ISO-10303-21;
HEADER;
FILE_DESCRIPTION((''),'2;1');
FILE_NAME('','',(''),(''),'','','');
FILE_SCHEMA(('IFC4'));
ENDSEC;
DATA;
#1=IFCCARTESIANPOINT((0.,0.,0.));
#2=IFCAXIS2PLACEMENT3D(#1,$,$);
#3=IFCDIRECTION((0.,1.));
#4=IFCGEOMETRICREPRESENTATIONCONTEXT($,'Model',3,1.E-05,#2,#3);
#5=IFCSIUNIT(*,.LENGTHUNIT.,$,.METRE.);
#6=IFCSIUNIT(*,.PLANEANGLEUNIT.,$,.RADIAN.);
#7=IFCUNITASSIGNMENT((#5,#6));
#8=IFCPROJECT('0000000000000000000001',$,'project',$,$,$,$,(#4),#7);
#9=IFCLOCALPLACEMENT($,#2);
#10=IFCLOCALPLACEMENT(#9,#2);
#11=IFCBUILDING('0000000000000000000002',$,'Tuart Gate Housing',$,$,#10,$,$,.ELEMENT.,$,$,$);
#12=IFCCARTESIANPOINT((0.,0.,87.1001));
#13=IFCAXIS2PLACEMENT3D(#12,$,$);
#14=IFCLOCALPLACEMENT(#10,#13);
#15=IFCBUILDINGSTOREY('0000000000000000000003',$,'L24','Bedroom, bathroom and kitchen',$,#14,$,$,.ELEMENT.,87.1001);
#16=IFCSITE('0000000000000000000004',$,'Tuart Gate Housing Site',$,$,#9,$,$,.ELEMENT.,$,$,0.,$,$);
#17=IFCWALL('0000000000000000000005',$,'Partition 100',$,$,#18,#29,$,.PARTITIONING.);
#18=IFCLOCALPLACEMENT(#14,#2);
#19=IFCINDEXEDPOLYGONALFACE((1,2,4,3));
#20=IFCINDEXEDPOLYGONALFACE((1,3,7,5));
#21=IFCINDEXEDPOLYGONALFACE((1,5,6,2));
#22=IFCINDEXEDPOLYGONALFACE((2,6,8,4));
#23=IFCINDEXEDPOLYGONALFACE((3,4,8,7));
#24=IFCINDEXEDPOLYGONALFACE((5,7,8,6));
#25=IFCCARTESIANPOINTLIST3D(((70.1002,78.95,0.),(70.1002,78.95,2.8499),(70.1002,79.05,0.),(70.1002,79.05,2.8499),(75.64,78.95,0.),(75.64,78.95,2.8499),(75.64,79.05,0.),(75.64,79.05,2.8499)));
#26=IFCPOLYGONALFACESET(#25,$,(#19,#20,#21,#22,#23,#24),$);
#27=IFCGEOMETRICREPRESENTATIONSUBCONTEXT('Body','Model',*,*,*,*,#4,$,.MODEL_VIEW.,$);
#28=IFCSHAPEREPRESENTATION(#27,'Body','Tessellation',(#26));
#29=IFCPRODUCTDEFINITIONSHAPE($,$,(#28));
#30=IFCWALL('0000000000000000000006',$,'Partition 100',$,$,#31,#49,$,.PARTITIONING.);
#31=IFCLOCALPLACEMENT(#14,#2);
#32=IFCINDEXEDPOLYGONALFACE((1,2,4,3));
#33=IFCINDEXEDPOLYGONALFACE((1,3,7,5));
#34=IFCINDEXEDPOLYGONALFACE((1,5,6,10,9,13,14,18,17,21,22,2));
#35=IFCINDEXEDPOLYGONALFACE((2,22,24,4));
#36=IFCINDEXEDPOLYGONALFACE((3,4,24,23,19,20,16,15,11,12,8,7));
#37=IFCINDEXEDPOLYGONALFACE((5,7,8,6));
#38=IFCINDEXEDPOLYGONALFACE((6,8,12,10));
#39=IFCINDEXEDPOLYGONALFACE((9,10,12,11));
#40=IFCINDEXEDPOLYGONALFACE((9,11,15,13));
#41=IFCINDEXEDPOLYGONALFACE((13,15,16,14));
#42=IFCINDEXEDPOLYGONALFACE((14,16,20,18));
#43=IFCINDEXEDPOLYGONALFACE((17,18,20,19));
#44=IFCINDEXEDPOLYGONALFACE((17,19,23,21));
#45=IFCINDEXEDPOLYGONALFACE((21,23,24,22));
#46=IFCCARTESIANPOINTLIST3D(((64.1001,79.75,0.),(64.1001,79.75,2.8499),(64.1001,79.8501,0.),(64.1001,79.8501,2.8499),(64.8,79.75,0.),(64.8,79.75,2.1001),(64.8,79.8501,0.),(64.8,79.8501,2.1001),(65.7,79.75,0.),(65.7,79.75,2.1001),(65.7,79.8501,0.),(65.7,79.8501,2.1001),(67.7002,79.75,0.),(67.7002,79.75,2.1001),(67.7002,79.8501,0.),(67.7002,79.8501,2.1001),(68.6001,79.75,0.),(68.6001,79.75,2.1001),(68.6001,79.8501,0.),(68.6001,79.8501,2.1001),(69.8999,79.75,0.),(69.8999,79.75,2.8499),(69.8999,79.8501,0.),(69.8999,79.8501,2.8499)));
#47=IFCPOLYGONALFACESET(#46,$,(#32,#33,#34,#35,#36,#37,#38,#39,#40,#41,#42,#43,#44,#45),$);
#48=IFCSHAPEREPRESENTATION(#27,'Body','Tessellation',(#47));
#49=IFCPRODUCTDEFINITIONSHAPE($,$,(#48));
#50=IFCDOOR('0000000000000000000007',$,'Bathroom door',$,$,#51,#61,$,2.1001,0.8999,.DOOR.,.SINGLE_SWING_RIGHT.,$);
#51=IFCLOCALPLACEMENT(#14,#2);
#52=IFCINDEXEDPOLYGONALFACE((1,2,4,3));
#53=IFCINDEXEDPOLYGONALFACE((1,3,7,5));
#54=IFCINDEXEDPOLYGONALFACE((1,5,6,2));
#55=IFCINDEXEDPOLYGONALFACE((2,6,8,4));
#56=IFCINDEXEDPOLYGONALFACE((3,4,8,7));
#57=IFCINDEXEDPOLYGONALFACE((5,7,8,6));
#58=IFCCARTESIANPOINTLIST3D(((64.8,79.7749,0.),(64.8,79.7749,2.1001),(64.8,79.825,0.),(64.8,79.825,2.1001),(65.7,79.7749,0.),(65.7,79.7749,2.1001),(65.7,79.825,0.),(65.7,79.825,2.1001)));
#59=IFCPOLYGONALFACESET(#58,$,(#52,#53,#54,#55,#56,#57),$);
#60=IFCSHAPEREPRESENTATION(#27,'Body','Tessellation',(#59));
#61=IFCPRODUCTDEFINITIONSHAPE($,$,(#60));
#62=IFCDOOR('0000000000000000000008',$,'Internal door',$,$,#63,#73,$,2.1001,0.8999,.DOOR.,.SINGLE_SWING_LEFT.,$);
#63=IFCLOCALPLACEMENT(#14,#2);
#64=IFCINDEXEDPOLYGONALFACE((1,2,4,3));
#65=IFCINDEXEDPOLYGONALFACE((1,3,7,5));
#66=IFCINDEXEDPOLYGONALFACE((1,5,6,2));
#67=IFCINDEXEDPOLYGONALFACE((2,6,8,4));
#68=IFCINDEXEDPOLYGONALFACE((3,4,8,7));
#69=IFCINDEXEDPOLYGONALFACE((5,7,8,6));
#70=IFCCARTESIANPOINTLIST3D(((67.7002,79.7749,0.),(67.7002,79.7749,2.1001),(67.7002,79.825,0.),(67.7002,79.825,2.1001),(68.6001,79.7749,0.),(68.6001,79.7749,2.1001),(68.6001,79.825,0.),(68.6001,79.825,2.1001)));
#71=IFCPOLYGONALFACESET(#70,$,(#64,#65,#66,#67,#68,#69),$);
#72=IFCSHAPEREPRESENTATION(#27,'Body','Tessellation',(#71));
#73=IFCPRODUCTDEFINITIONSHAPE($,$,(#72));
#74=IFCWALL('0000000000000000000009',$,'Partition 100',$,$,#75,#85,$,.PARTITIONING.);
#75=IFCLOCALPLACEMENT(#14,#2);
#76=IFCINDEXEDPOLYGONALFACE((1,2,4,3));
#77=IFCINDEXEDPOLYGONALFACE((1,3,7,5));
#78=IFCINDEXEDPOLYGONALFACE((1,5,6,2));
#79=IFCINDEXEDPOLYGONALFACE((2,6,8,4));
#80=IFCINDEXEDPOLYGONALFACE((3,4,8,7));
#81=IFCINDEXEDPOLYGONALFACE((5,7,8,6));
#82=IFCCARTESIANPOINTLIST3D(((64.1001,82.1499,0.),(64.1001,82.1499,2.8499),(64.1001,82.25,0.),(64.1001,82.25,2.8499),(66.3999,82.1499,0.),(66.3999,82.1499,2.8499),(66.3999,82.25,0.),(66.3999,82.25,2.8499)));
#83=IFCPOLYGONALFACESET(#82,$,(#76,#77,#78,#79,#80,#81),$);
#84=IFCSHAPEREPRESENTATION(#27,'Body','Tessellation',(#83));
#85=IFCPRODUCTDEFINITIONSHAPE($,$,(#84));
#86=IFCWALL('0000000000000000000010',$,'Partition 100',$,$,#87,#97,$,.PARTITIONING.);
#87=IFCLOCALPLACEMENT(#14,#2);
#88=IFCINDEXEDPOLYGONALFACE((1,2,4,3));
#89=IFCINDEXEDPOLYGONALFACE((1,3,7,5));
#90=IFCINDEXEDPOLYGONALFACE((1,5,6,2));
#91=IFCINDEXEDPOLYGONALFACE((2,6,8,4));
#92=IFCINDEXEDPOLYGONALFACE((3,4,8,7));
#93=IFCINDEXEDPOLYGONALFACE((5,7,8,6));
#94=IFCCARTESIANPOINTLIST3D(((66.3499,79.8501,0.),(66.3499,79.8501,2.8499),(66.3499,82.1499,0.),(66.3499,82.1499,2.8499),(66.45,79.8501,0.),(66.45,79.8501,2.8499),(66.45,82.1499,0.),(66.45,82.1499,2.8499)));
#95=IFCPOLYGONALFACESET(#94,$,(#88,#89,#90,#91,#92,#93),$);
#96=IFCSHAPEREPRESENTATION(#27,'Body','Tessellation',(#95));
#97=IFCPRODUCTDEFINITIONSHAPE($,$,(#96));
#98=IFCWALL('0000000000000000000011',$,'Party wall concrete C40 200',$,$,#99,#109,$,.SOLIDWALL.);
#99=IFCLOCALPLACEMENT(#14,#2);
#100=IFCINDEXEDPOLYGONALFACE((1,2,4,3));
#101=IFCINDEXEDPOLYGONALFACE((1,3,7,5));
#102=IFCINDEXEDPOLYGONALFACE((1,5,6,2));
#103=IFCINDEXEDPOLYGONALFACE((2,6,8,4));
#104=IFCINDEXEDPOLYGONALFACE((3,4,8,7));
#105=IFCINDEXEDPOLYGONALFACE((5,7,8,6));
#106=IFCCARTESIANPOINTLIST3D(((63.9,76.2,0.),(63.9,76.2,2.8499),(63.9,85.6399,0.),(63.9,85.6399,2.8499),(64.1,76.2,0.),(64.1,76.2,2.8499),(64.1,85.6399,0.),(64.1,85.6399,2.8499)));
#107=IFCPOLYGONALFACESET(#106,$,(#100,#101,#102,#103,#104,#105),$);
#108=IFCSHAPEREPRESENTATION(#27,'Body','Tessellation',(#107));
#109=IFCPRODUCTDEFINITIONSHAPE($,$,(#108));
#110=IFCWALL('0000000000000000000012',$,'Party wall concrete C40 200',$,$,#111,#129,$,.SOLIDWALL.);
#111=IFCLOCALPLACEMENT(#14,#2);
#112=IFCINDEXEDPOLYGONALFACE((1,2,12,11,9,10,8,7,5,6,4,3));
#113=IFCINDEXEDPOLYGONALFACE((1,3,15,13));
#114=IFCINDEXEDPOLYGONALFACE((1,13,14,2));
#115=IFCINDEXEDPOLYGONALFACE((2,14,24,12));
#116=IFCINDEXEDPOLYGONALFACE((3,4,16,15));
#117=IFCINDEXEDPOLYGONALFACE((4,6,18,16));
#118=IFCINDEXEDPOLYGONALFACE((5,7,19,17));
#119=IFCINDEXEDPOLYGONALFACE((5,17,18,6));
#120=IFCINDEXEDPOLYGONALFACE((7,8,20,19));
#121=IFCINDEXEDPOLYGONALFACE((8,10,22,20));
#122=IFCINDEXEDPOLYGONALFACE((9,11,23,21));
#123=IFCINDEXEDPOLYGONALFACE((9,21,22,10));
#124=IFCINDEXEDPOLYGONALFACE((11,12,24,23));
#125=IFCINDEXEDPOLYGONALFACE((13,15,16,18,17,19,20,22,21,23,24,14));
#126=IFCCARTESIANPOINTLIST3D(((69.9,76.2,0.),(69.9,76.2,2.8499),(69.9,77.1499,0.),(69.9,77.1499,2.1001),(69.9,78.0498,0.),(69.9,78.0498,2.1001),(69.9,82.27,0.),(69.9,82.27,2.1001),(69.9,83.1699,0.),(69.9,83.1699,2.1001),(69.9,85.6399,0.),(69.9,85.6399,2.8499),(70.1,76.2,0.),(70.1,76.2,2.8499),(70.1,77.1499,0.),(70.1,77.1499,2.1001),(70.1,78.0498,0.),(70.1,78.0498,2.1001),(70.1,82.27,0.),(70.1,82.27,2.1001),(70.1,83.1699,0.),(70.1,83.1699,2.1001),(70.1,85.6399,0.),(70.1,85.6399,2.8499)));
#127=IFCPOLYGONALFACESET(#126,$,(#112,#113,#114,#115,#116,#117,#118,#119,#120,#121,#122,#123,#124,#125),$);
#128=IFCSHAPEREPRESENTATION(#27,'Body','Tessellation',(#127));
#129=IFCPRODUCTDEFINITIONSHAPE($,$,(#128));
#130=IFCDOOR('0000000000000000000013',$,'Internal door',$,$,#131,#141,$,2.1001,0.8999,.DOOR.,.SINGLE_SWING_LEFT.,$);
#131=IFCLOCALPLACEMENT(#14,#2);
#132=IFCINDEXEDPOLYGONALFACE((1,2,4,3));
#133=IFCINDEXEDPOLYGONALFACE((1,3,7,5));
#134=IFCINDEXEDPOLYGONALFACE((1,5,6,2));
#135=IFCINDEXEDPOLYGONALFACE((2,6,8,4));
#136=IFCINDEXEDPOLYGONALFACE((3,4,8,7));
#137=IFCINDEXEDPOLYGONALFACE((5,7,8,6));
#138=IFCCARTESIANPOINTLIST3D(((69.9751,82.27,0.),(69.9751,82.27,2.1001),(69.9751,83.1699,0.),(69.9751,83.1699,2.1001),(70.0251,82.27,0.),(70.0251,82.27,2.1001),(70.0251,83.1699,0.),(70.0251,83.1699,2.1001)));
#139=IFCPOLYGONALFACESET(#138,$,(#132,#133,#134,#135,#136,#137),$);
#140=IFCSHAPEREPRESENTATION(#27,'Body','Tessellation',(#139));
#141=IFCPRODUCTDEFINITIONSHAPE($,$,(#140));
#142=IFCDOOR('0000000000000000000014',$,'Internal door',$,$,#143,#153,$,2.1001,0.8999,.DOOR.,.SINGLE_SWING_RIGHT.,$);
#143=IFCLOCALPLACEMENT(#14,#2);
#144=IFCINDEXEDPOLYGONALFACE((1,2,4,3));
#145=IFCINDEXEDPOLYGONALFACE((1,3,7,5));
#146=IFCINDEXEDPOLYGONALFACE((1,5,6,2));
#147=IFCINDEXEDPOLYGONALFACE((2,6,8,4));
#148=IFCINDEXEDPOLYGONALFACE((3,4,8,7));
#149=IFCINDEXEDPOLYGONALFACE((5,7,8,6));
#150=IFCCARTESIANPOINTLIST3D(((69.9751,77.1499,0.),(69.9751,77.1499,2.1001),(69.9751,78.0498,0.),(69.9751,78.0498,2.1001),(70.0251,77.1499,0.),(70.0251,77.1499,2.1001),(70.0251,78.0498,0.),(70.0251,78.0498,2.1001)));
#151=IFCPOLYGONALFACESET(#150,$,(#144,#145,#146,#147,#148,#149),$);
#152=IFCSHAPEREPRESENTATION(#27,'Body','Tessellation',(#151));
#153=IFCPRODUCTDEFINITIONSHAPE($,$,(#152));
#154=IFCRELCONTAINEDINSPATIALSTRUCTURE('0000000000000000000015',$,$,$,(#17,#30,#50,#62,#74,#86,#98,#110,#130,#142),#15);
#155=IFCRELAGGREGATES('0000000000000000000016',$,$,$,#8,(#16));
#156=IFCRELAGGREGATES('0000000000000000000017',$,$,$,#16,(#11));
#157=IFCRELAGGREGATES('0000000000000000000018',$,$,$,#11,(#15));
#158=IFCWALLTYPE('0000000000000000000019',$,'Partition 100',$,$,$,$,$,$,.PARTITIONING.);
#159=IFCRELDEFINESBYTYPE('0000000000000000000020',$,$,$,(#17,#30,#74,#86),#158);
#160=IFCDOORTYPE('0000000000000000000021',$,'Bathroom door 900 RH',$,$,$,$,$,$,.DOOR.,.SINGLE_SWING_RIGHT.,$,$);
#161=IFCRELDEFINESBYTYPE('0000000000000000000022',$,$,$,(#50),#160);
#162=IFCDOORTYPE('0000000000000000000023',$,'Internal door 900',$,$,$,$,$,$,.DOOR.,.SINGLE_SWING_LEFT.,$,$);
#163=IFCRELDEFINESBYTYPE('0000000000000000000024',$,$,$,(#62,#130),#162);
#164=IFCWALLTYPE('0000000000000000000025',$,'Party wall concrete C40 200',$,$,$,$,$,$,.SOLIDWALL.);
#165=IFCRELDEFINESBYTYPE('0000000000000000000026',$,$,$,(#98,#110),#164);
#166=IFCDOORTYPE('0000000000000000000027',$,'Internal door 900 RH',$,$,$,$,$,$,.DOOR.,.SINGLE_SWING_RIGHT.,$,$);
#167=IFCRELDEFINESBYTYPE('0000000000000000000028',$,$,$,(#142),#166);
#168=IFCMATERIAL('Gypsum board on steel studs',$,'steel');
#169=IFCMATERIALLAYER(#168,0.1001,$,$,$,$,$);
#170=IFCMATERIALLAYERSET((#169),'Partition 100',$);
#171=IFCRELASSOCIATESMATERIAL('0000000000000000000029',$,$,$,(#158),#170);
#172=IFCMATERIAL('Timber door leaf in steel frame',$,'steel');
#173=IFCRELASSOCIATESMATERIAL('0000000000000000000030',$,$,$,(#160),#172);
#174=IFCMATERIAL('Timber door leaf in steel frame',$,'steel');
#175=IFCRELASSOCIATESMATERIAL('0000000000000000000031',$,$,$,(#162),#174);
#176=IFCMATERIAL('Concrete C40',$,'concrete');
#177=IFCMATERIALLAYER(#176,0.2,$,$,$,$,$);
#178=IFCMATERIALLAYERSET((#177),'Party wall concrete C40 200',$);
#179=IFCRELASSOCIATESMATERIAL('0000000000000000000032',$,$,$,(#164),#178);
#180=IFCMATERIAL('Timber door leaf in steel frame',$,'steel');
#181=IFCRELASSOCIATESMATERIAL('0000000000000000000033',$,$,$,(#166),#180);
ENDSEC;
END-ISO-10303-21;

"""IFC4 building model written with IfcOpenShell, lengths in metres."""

from ifc_helpers import new_model, si_unit, direction, frame, frame_2d, origin, place, context, subcontext, project, spatial, rectangle, extrude, material, layer, layer_set, type_object, element, fill, save


model = new_model("IFC4")

# Units and contexts
model_context = context("Model", 3, precision=1e-05, world=origin(), true_north=direction((0.0, 1.0)))
body_context = subcontext(model_context, "Body", "Model", "MODEL_VIEW")
ifc_project = project(units=[si_unit("LENGTHUNIT", "METRE"), si_unit("PLANEANGLEUNIT", "RADIAN")], contexts=[model_context])

# Site, building, storey
site_placement = place(None, origin())
site = spatial("IfcSite", under=ifc_project, at=site_placement, Name="Tuart Gate Housing Site", CompositionType="ELEMENT", RefElevation=0.0)
building_placement = place(site_placement, origin())
building = spatial("IfcBuilding", under=site, at=building_placement, Name="Tuart Gate Housing", CompositionType="ELEMENT")
storey_placement = place(building_placement, frame((0.0, 0.0, 87.1001)))
storey = spatial("IfcBuildingStorey", under=building, at=storey_placement, Name="L24", Description="Bedroom, bathroom and kitchen", CompositionType="ELEMENT", Elevation=87.1001)

# Wall
ifc_material_1 = material(Name="Gypsum board on steel studs", Category="steel")
ifc_layer_1 = layer(ifc_material_1, 0.1001)
ifc_layer_set_1 = layer_set([ifc_layer_1], Name="Partition 100")
wall_type_1 = type_object("IfcWallType", Name="Partition 100", PredefinedType="PARTITIONING", material=ifc_layer_set_1)
wall_1_placement = place(storey_placement, frame((70.1001, 79.0, 0.0), z_axis=(0.0, 0.0, 1.0), x_axis=(1.0, 0.0, 0.0)))
element("IfcWall", 1, at=wall_1_placement, inside=storey, type_object=wall_type_1, Name="Partition 100", PredefinedType="PARTITIONING", context=body_context, shape_type="SweptSolid", body=[
    extrude(rectangle(XDim=5.5398, YDim=0.1001, at=frame_2d((2.77, 0.0))), origin(), (0.0, 0.0, 1.0), 2.8499),
])

# Wall, openings, doors
wall_2_placement = place(storey_placement, frame((64.1001, 79.8, 0.0), z_axis=(0.0, 0.0, 1.0), x_axis=(1.0, 0.0, 0.0)))
wall_2 = element("IfcWall", 2, at=wall_2_placement, inside=storey, type_object=wall_type_1, Name="Partition 100", PredefinedType="PARTITIONING", context=body_context, shape_type="SweptSolid", body=[
    extrude(rectangle(XDim=5.7998, YDim=0.1001, at=frame_2d((2.8999, 0.0))), origin(), (0.0, 0.0, 1.0), 2.8499),
])
opening_1_placement = place(wall_2_placement, frame((3.6001, 0.0, 0.0)))
opening_1 = element("IfcOpeningElement", 3, at=opening_1_placement, cuts=wall_2, PredefinedType="OPENING", context=body_context, shape_type="SweptSolid", body=[
    extrude(rectangle(XDim=0.8999, YDim=2.1001, at=frame_2d((0.45, 1.05))), frame((0.0, 0.0601, 0.0), z_axis=(0.0, -1.0, 0.0), x_axis=(1.0, 0.0, 0.0)), (0.0, 0.0, 1.0), 0.1201),
])
opening_2_placement = place(wall_2_placement, frame((0.7, 0.0, 0.0)))
opening_2 = element("IfcOpeningElement", 4, at=opening_2_placement, cuts=wall_2, PredefinedType="OPENING", context=body_context, shape_type="SweptSolid", body=[
    extrude(rectangle(XDim=0.8999, YDim=2.1001, at=frame_2d((0.45, 1.05))), frame((0.0, 0.0601, 0.0), z_axis=(0.0, -1.0, 0.0), x_axis=(1.0, 0.0, 0.0)), (0.0, 0.0, 1.0), 0.1201),
])
ifc_material_2 = material(Name="Timber door leaf in steel frame", Category="steel")
door_type_1 = type_object("IfcDoorType", Name="Bathroom door 900 RH", OperationType="SINGLE_SWING_RIGHT", PredefinedType="DOOR", material=ifc_material_2)
door_1_placement = place(opening_2_placement, origin())
door_1 = element("IfcDoor", 5, at=door_1_placement, inside=storey, type_object=door_type_1, Name="Bathroom door", OperationType="SINGLE_SWING_RIGHT", OverallHeight=2.1001, OverallWidth=0.8999, PredefinedType="DOOR", context=body_context, shape_type="SweptSolid", body=[
    extrude(rectangle(XDim=0.8999, YDim=2.1001, at=frame_2d((0.45, 1.05))), frame((0.0, 0.0249, 0.0), z_axis=(0.0, -1.0, 0.0), x_axis=(1.0, 0.0, 0.0)), (0.0, 0.0, 1.0), 0.05),
])
fill(opening_2, door_1)
ifc_material_3 = material(Name="Timber door leaf in steel frame", Category="steel")
door_type_2 = type_object("IfcDoorType", Name="Internal door 900", OperationType="SINGLE_SWING_LEFT", PredefinedType="DOOR", material=ifc_material_3)
door_2_placement = place(opening_1_placement, frame((0.8999, 0.0, 0.0), z_axis=(0.0, 0.0, 1.0), x_axis=(-1.0, 0.0, 0.0)))
door_2 = element("IfcDoor", 6, at=door_2_placement, inside=storey, type_object=door_type_2, Name="Internal door", OperationType="SINGLE_SWING_LEFT", OverallHeight=2.1001, OverallWidth=0.8999, PredefinedType="DOOR", context=body_context, shape_type="SweptSolid", body=[
    extrude(rectangle(XDim=0.8999, YDim=2.1001, at=frame_2d((0.45, 1.05))), frame((0.0, 0.0251, 0.0), z_axis=(0.0, -1.0, 0.0), x_axis=(1.0, 0.0, 0.0)), (0.0, 0.0, 1.0), 0.05),
])
fill(opening_1, door_2)

# Walls
for number, where, z_axis, x_axis, name in (
    (7, (64.1001, 82.2, 0.0), (0.0, 0.0, 1.0), (1.0, 0.0, 0.0), "Partition 100"),
    (8, (66.3999, 79.8501, 0.0), (0.0, 0.0, 1.0), (0.0, 1.0, 0.0), "Partition 100"),
):
    element("IfcWall", number, at=place(storey_placement, frame(where, z_axis=z_axis, x_axis=x_axis)), inside=storey, type_object=wall_type_1, Name=name, PredefinedType="PARTITIONING", context=body_context, shape_type="SweptSolid", body=[
        extrude(rectangle(XDim=2.2998, YDim=0.1001, at=frame_2d((1.1499, 0.0))), origin(), (0.0, 0.0, 1.0), 2.8499),
    ])
ifc_material_4 = material(Name="Concrete C40", Category="concrete")
ifc_layer_2 = layer(ifc_material_4, 0.2)
ifc_layer_set_2 = layer_set([ifc_layer_2], Name="Party wall concrete C40 200")
wall_type_2 = type_object("IfcWallType", Name="Party wall concrete C40 200", PredefinedType="SOLIDWALL", material=ifc_layer_set_2)
wall_3_placement = place(storey_placement, frame((64.0, 76.2, 0.0), z_axis=(0.0, 0.0, 1.0), x_axis=(0.0, 1.0, 0.0)))
element("IfcWall", 9, at=wall_3_placement, inside=storey, type_object=wall_type_2, Name="Party wall concrete C40 200", PredefinedType="SOLIDWALL", context=body_context, shape_type="SweptSolid", body=[
    extrude(rectangle(XDim=9.4399, YDim=0.2, at=frame_2d((4.72, 0.0))), origin(), (0.0, 0.0, 1.0), 2.8499),
])

# Wall, openings, doors
wall_4_placement = place(storey_placement, frame((70.0, 76.2, 0.0), z_axis=(0.0, 0.0, 1.0), x_axis=(0.0, 1.0, 0.0)))
wall_4 = element("IfcWall", 10, at=wall_4_placement, inside=storey, type_object=wall_type_2, Name="Party wall concrete C40 200", PredefinedType="SOLIDWALL", context=body_context, shape_type="SweptSolid", body=[
    extrude(rectangle(XDim=9.4399, YDim=0.2, at=frame_2d((4.72, 0.0))), origin(), (0.0, 0.0, 1.0), 2.8499),
])
opening_3_placement = place(wall_4_placement, frame((6.0701, 0.0, 0.0)))
opening_3 = element("IfcOpeningElement", 11, at=opening_3_placement, cuts=wall_4, PredefinedType="OPENING", context=body_context, shape_type="SweptSolid", body=[
    extrude(rectangle(XDim=0.8999, YDim=2.1001, at=frame_2d((0.45, 1.05))), frame((0.0, 0.1099, 0.0), z_axis=(0.0, -1.0, 0.0), x_axis=(1.0, 0.0, 0.0)), (0.0, 0.0, 1.0), 0.22),
])
opening_4_placement = place(wall_4_placement, frame((0.95, 0.0, 0.0)))
opening_4 = element("IfcOpeningElement", 12, at=opening_4_placement, cuts=wall_4, PredefinedType="OPENING", context=body_context, shape_type="SweptSolid", body=[
    extrude(rectangle(XDim=0.8999, YDim=2.1001, at=frame_2d((0.45, 1.05))), frame((0.0, 0.1099, 0.0), z_axis=(0.0, -1.0, 0.0), x_axis=(1.0, 0.0, 0.0)), (0.0, 0.0, 1.0), 0.22),
])
door_3_placement = place(opening_3_placement, frame((0.8999, 0.0, 0.0), z_axis=(0.0, 0.0, 1.0), x_axis=(-1.0, 0.0, 0.0)))
door_3 = element("IfcDoor", 13, at=door_3_placement, inside=storey, type_object=door_type_2, Name="Internal door", OperationType="SINGLE_SWING_LEFT", OverallHeight=2.1001, OverallWidth=0.8999, PredefinedType="DOOR", context=body_context, shape_type="SweptSolid", body=[
    extrude(rectangle(XDim=0.8999, YDim=2.1001, at=frame_2d((0.45, 1.05))), frame((0.0, 0.0251, 0.0), z_axis=(0.0, -1.0, 0.0), x_axis=(1.0, 0.0, 0.0)), (0.0, 0.0, 1.0), 0.05),
])
fill(opening_3, door_3)
ifc_material_5 = material(Name="Timber door leaf in steel frame", Category="steel")
door_type_3 = type_object("IfcDoorType", Name="Internal door 900 RH", OperationType="SINGLE_SWING_RIGHT", PredefinedType="DOOR", material=ifc_material_5)
door_4_placement = place(opening_4_placement, frame((0.8999, 0.0, 0.0), z_axis=(0.0, 0.0, 1.0), x_axis=(-1.0, 0.0, 0.0)))
door_4 = element("IfcDoor", 14, at=door_4_placement, inside=storey, type_object=door_type_3, Name="Internal door", OperationType="SINGLE_SWING_RIGHT", OverallHeight=2.1001, OverallWidth=0.8999, PredefinedType="DOOR", context=body_context, shape_type="SweptSolid", body=[
    extrude(rectangle(XDim=0.8999, YDim=2.1001, at=frame_2d((0.45, 1.05))), frame((0.0, 0.0251, 0.0), z_axis=(0.0, -1.0, 0.0), x_axis=(1.0, 0.0, 0.0)), (0.0, 0.0, 1.0), 0.05),
])
fill(opening_4, door_4)

save(model, "model.ifc")
